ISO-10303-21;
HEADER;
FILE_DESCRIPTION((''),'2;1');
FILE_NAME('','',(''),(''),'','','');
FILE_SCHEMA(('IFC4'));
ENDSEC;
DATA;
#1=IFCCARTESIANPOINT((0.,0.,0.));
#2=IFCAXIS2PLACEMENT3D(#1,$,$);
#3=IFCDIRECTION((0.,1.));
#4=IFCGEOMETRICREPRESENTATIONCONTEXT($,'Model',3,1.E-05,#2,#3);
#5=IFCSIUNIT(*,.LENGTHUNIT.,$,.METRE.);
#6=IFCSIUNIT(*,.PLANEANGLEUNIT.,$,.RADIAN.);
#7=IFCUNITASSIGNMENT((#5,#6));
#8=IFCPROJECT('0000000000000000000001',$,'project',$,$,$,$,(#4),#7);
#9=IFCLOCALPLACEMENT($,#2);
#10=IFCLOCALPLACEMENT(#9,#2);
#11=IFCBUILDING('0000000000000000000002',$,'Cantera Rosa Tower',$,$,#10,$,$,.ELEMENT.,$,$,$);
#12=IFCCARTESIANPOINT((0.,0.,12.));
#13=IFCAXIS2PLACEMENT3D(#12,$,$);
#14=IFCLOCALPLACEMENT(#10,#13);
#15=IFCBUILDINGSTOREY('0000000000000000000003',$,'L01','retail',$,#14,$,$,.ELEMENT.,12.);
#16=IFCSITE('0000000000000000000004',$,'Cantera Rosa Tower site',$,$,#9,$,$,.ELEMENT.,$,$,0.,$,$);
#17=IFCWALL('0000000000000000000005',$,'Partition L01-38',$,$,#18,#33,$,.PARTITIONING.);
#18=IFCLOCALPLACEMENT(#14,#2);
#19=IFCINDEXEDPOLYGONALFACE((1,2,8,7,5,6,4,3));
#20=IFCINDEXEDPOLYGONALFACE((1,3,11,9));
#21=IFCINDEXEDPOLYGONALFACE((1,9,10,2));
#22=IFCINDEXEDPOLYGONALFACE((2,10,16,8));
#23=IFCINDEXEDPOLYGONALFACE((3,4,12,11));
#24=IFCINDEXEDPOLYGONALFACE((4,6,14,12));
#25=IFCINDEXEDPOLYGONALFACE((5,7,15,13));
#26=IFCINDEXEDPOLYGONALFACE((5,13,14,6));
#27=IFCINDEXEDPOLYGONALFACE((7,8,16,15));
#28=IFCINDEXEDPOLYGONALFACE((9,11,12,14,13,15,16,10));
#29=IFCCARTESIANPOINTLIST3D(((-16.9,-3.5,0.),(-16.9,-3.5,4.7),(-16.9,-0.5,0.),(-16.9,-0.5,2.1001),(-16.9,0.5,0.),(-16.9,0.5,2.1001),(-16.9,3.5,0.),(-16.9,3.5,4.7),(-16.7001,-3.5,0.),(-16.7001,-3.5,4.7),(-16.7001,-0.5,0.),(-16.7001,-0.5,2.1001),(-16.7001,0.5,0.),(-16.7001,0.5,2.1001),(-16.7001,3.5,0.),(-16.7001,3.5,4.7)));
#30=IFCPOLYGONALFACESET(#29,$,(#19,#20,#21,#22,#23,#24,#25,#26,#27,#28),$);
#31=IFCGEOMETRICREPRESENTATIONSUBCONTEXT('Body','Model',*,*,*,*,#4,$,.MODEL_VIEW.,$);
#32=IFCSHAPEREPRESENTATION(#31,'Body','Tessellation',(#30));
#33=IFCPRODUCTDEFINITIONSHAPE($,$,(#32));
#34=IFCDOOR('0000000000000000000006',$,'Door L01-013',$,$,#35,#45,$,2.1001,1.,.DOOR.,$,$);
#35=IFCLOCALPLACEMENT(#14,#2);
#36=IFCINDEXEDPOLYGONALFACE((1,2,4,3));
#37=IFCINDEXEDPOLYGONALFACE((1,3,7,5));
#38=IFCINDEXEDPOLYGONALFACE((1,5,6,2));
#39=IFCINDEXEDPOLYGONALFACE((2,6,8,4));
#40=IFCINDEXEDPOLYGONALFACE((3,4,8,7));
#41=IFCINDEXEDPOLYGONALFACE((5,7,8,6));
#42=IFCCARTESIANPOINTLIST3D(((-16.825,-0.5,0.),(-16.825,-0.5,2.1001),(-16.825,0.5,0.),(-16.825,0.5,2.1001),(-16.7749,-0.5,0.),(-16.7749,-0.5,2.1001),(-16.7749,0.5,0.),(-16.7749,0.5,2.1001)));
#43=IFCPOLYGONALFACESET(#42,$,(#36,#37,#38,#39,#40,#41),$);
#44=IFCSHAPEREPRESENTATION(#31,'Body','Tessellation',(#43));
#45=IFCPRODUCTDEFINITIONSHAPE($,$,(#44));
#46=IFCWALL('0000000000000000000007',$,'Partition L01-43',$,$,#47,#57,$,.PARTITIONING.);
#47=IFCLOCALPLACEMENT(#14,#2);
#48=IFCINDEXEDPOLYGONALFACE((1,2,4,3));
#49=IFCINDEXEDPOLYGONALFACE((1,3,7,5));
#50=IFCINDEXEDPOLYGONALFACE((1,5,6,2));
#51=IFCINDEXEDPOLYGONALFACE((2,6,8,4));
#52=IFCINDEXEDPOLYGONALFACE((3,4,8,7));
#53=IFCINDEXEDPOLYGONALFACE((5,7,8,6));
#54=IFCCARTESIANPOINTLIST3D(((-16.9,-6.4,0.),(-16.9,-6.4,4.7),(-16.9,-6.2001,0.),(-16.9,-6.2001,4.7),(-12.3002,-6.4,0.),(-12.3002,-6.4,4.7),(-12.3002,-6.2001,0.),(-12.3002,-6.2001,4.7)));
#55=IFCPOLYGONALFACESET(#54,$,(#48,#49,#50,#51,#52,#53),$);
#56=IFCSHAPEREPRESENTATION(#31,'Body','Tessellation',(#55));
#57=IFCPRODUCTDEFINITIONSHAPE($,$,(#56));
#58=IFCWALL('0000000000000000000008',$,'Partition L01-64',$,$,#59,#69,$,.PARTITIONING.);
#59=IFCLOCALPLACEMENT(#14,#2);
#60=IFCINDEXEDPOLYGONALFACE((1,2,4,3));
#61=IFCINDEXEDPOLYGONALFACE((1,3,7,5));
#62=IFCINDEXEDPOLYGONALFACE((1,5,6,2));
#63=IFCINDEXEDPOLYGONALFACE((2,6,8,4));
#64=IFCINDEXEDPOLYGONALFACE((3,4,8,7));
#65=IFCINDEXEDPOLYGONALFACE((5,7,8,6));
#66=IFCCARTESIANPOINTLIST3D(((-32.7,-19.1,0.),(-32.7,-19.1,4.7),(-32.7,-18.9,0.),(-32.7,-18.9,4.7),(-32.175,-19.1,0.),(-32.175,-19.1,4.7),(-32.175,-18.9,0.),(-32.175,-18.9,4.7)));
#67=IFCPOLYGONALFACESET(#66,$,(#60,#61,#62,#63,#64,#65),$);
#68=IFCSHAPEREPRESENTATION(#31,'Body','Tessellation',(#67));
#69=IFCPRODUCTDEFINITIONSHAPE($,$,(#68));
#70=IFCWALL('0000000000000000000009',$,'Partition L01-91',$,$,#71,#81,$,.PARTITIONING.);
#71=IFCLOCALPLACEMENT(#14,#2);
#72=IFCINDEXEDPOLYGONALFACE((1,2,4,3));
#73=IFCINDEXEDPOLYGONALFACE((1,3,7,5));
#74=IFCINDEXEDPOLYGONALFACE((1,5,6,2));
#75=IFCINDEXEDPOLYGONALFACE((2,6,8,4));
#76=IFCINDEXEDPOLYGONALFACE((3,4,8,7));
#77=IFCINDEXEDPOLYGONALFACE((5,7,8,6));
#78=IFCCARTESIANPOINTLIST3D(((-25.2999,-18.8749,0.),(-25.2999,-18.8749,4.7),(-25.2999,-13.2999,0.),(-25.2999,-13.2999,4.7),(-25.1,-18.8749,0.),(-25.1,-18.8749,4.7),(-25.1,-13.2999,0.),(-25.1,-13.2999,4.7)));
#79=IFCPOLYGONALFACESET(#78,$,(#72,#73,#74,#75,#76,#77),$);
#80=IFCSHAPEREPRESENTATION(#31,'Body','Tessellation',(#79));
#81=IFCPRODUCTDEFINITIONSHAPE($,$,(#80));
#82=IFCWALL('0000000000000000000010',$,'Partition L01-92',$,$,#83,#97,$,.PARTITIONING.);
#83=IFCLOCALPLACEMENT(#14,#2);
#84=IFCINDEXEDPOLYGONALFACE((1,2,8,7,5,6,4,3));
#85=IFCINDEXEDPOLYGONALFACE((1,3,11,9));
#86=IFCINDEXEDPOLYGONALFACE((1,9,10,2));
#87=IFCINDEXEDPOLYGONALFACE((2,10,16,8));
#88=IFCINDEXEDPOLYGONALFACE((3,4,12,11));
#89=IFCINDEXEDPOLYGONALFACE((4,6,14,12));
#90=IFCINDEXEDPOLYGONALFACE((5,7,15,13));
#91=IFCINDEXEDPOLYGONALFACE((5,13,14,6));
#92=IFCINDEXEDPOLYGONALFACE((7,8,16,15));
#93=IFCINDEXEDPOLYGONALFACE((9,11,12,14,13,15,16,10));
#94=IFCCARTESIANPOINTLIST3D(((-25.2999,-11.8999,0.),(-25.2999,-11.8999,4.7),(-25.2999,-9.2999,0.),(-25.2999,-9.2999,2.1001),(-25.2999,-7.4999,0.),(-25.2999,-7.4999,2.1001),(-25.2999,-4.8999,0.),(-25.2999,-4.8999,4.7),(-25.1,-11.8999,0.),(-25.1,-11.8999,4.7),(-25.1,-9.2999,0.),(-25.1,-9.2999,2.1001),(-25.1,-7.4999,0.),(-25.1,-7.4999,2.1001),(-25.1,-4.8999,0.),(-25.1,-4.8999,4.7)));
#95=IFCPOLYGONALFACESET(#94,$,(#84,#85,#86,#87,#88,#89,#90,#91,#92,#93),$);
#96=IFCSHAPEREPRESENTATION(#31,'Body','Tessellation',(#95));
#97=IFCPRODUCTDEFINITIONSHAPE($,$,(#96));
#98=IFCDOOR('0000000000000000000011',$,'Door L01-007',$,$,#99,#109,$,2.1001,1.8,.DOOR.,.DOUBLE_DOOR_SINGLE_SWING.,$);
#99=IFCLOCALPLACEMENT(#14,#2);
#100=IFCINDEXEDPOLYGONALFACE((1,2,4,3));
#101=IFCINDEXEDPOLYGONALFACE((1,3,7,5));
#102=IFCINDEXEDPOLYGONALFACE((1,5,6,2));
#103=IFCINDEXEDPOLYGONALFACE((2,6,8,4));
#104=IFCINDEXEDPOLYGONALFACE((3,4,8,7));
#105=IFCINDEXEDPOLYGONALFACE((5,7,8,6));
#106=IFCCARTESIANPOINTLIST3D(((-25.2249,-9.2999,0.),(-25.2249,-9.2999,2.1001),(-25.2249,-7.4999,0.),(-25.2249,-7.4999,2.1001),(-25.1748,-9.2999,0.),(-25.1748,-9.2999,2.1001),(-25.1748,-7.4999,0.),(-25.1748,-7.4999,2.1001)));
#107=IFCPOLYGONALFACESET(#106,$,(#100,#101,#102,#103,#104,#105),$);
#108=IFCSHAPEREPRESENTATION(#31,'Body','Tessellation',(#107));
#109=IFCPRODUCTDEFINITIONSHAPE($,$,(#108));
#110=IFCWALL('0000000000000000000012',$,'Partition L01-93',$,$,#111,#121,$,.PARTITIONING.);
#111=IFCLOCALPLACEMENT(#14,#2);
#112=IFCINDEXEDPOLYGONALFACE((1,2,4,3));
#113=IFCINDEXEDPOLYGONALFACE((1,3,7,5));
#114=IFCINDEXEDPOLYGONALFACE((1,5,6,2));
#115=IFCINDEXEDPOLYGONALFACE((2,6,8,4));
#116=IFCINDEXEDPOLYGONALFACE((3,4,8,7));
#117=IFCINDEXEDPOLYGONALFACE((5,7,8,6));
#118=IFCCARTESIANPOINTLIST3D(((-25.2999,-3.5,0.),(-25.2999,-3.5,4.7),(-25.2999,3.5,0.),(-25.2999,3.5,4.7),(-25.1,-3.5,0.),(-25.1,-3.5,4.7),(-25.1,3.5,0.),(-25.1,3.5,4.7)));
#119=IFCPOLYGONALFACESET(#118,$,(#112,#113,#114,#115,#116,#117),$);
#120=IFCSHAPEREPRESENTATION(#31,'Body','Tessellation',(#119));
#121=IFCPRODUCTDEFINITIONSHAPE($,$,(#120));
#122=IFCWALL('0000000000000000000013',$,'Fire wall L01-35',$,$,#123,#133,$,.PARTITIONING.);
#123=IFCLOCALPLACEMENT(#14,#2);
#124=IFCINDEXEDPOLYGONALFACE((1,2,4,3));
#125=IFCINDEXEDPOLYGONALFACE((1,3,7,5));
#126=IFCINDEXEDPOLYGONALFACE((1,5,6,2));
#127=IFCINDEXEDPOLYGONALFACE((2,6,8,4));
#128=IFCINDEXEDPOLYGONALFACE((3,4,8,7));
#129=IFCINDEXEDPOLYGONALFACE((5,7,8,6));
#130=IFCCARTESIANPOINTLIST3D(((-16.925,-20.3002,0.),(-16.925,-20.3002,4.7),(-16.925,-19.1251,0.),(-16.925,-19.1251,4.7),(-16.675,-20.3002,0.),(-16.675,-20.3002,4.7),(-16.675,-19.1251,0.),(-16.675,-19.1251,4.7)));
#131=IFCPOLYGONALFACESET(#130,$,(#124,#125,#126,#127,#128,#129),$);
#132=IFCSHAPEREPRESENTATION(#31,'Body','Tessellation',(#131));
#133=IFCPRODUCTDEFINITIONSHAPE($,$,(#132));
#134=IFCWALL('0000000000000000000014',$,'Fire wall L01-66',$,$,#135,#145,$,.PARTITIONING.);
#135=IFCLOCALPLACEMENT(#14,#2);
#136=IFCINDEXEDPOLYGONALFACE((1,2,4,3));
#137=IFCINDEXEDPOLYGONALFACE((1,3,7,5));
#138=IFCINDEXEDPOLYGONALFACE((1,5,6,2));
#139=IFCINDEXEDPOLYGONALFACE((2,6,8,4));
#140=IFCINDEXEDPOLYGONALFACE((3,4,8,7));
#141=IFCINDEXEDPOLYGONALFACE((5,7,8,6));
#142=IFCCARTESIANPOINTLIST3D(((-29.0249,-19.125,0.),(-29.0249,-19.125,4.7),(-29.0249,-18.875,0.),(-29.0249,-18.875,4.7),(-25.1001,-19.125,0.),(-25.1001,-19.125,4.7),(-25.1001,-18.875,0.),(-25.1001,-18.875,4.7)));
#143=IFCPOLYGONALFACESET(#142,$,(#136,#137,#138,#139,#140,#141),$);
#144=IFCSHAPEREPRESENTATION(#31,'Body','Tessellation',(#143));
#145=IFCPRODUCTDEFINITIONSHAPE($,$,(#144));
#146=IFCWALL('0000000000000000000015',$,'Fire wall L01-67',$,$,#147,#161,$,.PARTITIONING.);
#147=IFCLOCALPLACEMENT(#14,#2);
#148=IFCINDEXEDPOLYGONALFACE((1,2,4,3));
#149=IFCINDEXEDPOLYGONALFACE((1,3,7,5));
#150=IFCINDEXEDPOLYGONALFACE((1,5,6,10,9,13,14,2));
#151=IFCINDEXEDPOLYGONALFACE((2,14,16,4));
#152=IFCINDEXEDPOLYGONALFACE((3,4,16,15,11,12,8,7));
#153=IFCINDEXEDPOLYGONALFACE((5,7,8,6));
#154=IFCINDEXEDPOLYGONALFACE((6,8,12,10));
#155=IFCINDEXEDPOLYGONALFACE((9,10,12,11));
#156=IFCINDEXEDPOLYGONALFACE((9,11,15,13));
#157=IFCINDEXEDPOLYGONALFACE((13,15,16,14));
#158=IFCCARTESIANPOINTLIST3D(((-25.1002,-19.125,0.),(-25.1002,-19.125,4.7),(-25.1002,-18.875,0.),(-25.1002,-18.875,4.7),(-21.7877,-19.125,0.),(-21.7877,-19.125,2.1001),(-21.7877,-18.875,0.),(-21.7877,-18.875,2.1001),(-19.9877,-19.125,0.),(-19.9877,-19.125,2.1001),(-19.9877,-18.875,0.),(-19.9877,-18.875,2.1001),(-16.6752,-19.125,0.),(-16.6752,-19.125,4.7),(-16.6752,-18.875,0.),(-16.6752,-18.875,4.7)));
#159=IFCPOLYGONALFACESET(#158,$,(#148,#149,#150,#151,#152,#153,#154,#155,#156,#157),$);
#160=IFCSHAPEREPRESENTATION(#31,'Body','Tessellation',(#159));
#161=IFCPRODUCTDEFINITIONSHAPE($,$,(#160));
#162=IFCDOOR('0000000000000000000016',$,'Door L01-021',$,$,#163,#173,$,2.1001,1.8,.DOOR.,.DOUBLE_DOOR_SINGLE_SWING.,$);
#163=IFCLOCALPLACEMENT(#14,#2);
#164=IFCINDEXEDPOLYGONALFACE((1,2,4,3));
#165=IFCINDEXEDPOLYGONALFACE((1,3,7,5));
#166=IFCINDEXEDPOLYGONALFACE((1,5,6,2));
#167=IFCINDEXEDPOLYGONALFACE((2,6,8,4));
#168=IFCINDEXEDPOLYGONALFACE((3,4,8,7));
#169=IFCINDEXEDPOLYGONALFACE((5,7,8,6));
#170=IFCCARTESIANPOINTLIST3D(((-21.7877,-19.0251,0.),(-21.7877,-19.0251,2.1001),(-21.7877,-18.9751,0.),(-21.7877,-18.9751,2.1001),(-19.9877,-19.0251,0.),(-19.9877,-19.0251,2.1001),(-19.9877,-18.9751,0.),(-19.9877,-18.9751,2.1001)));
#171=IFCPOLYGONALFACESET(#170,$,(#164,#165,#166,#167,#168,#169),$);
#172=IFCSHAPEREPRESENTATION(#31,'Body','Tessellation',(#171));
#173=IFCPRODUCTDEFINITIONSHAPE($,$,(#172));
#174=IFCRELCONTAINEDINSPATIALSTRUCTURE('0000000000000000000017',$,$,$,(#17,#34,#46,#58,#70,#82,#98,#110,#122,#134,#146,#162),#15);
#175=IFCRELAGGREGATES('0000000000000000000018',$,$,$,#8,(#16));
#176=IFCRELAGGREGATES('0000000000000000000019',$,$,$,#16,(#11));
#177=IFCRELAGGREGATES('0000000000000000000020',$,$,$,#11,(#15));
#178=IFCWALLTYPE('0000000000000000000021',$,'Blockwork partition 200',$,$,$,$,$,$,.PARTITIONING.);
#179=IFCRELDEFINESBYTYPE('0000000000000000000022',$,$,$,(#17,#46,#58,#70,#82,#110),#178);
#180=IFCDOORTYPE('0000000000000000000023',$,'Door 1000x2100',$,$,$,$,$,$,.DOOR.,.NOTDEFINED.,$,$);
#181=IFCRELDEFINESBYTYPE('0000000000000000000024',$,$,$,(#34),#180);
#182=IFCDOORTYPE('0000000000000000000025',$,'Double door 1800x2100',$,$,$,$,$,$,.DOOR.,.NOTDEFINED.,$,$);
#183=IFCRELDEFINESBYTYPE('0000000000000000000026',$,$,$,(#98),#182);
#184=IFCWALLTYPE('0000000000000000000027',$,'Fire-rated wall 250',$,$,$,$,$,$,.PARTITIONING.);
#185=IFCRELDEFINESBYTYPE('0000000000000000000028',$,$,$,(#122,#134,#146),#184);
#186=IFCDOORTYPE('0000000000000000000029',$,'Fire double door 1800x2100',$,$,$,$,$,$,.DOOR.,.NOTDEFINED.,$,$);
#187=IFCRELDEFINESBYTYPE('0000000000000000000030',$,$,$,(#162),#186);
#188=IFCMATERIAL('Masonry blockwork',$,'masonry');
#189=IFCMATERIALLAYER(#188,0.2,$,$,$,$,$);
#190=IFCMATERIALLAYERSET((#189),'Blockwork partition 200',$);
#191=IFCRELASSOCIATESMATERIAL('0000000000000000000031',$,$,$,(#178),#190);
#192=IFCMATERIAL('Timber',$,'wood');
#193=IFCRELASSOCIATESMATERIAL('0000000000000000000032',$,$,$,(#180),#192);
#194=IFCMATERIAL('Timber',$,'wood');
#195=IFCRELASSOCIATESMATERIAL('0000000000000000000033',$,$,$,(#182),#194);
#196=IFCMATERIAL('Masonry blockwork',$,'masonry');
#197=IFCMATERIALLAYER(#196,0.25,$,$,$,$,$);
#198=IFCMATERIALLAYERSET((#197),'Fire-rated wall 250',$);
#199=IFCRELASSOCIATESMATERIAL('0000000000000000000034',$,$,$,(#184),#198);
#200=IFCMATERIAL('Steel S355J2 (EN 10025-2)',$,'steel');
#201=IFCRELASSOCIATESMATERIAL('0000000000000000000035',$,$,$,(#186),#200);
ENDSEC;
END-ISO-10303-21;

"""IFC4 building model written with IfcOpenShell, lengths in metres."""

from ifc_helpers import new_model, si_unit, direction, frame, frame_2d, origin, place, context, subcontext, project, spatial, rectangle, extrude, material, layer, layer_set, type_object, element, fill, save


model = new_model("IFC4")

# Units and contexts
model_context = context("Model", 3, precision=1e-05, world=origin(), true_north=direction((0.0, 1.0)))
body_context = subcontext(model_context, "Body", "Model", "MODEL_VIEW")
ifc_project = project(units=[si_unit("LENGTHUNIT", "METRE"), si_unit("PLANEANGLEUNIT", "RADIAN")], contexts=[model_context])

# Site, building, storey
site_placement = place(None, origin())
site = spatial("IfcSite", under=ifc_project, at=site_placement, Name="Cantera Rosa Tower site", CompositionType="ELEMENT", RefElevation=0.0)
building_placement = place(site_placement, origin())
building = spatial("IfcBuilding", under=site, at=building_placement, Name="Cantera Rosa Tower", CompositionType="ELEMENT")
storey_placement = place(building_placement, frame((0.0, 0.0, 12.0)))
storey = spatial("IfcBuildingStorey", under=building, at=storey_placement, Name="L01", Description="retail", CompositionType="ELEMENT", Elevation=12.0)

# Shared definitions
ifc_material_1 = material(Name="Masonry blockwork", Category="masonry")
ifc_layer_1 = layer(ifc_material_1, 0.2)
ifc_layer_set_1 = layer_set([ifc_layer_1], Name="Blockwork partition 200")
wall_type_1 = type_object("IfcWallType", Name="Blockwork partition 200", PredefinedType="PARTITIONING", material=ifc_layer_set_1)

# Shared definitions
ifc_material_2 = material(Name="Timber", Category="wood")
door_type_1 = type_object("IfcDoorType", Name="Door 1000x2100", OperationType="NOTDEFINED", PredefinedType="DOOR", material=ifc_material_2)

# Wall, opening, door
wall_1_placement = place(storey_placement, frame((-16.8, -3.5, 0.0), z_axis=(0.0, 0.0, 1.0), x_axis=(0.0, 1.0, 0.0)))
wall_1 = element("IfcWall", 1, at=wall_1_placement, inside=storey, type_object=wall_type_1, Name="Partition L01-38", PredefinedType="PARTITIONING", context=body_context, shape_type="SweptSolid", body=[
    extrude(rectangle(XDim=7.0, YDim=0.2, at=frame_2d((3.5, 0.0))), origin(), (0.0, 0.0, 1.0), 4.7),
])
opening_1_placement = place(wall_1_placement, frame((3.0, 0.0, 0.0)))
opening_1 = element("IfcOpeningElement", 2, at=opening_1_placement, cuts=wall_1, PredefinedType="OPENING", context=body_context, shape_type="SweptSolid", body=[
    extrude(rectangle(XDim=1.0, YDim=2.1001, at=frame_2d((0.5, 1.05))), frame((0.0, 0.1099, 0.0), z_axis=(0.0, -1.0, 0.0), x_axis=(1.0, 0.0, 0.0)), (0.0, 0.0, 1.0), 0.22),
])
door_1_placement = place(opening_1_placement, origin())
door_1 = element("IfcDoor", 3, at=door_1_placement, inside=storey, type_object=door_type_1, Name="Door L01-013", OverallHeight=2.1001, OverallWidth=1.0, PredefinedType="DOOR", context=body_context, shape_type="SweptSolid", body=[
    extrude(rectangle(XDim=1.0, YDim=2.1001, at=frame_2d((0.5, 1.05))), frame((0.0, 0.0249, 0.0), z_axis=(0.0, -1.0, 0.0), x_axis=(1.0, 0.0, 0.0)), (0.0, 0.0, 1.0), 0.05),
])
fill(opening_1, door_1)

# Walls
wall_2_placement = place(storey_placement, frame((-16.8999, -6.3, 0.0), z_axis=(0.0, 0.0, 1.0), x_axis=(1.0, 0.0, 0.0)))
element("IfcWall", 4, at=wall_2_placement, inside=storey, type_object=wall_type_1, Name="Partition L01-43", PredefinedType="PARTITIONING", context=body_context, shape_type="SweptSolid", body=[
    extrude(rectangle(XDim=4.5999, YDim=0.2, at=frame_2d((2.2998, 0.0))), origin(), (0.0, 0.0, 1.0), 4.7),
])
wall_3_placement = place(storey_placement, frame((-32.7, -19.0, 0.0), z_axis=(0.0, 0.0, 1.0), x_axis=(1.0, 0.0, 0.0)))
element("IfcWall", 5, at=wall_3_placement, inside=storey, type_object=wall_type_1, Name="Partition L01-64", PredefinedType="PARTITIONING", context=body_context, shape_type="SweptSolid", body=[
    extrude(rectangle(XDim=0.5249, YDim=0.2, at=frame_2d((0.2625, 0.0))), origin(), (0.0, 0.0, 1.0), 4.7),
])
wall_4_placement = place(storey_placement, frame((-25.2, -18.875, 0.0), z_axis=(0.0, 0.0, 1.0), x_axis=(0.0, 1.0, 0.0)))
element("IfcWall", 6, at=wall_4_placement, inside=storey, type_object=wall_type_1, Name="Partition L01-91", PredefinedType="PARTITIONING", context=body_context, shape_type="SweptSolid", body=[
    extrude(rectangle(XDim=5.575, YDim=0.2, at=frame_2d((2.7876, 0.0))), origin(), (0.0, 0.0, 1.0), 4.7),
])

# Wall, opening, door
wall_5_placement = place(storey_placement, frame((-25.2, -11.8999, 0.0), z_axis=(0.0, 0.0, 1.0), x_axis=(0.0, 1.0, 0.0)))
wall_5 = element("IfcWall", 7, at=wall_5_placement, inside=storey, type_object=wall_type_1, Name="Partition L01-92", PredefinedType="PARTITIONING", context=body_context, shape_type="SweptSolid", body=[
    extrude(rectangle(XDim=7.0, YDim=0.2, at=frame_2d((3.5, 0.0))), origin(), (0.0, 0.0, 1.0), 4.7),
])
opening_2_placement = place(wall_5_placement, frame((2.6001, 0.0, 0.0)))
opening_2 = element("IfcOpeningElement", 8, at=opening_2_placement, cuts=wall_5, PredefinedType="OPENING", context=body_context, shape_type="SweptSolid", body=[
    extrude(rectangle(XDim=1.8, YDim=2.1001, at=frame_2d((0.8999, 1.05))), frame((0.0, 0.1099, 0.0), z_axis=(0.0, -1.0, 0.0), x_axis=(1.0, 0.0, 0.0)), (0.0, 0.0, 1.0), 0.22),
])
ifc_material_3 = material(Name="Timber", Category="wood")
door_type_2 = type_object("IfcDoorType", Name="Double door 1800x2100", OperationType="NOTDEFINED", PredefinedType="DOOR", material=ifc_material_3)
door_2_placement = place(opening_2_placement, origin())
door_2 = element("IfcDoor", 9, at=door_2_placement, inside=storey, type_object=door_type_2, Name="Door L01-007", OperationType="DOUBLE_DOOR_SINGLE_SWING", OverallHeight=2.1001, OverallWidth=1.8, PredefinedType="DOOR", context=body_context, shape_type="SweptSolid", body=[
    extrude(rectangle(XDim=1.8, YDim=2.1001, at=frame_2d((0.8999, 1.05))), frame((0.0, 0.0249, 0.0), z_axis=(0.0, -1.0, 0.0), x_axis=(1.0, 0.0, 0.0)), (0.0, 0.0, 1.0), 0.05),
])
fill(opening_2, door_2)

# Walls
wall_6_placement = place(storey_placement, frame((-25.2, -3.5, 0.0), z_axis=(0.0, 0.0, 1.0), x_axis=(0.0, 1.0, 0.0)))
element("IfcWall", 10, at=wall_6_placement, inside=storey, type_object=wall_type_1, Name="Partition L01-93", PredefinedType="PARTITIONING", context=body_context, shape_type="SweptSolid", body=[
    extrude(rectangle(XDim=7.0, YDim=0.2, at=frame_2d((3.5, 0.0))), origin(), (0.0, 0.0, 1.0), 4.7),
])
ifc_material_4 = material(Name="Masonry blockwork", Category="masonry")
ifc_layer_2 = layer(ifc_material_4, 0.25)
ifc_layer_set_2 = layer_set([ifc_layer_2], Name="Fire-rated wall 250")
wall_type_2 = type_object("IfcWallType", Name="Fire-rated wall 250", PredefinedType="PARTITIONING", material=ifc_layer_set_2)
wall_7_placement = place(storey_placement, frame((-16.8, -20.3, 0.0), z_axis=(0.0, 0.0, 1.0), x_axis=(0.0, 1.0, 0.0)))
element("IfcWall", 11, at=wall_7_placement, inside=storey, type_object=wall_type_2, Name="Fire wall L01-35", PredefinedType="PARTITIONING", context=body_context, shape_type="SweptSolid", body=[
    extrude(rectangle(XDim=1.175, YDim=0.25, at=frame_2d((0.5874, 0.0))), origin(), (0.0, 0.0, 1.0), 4.7),
])
wall_8_placement = place(storey_placement, frame((-29.0249, -19.0, 0.0), z_axis=(0.0, 0.0, 1.0), x_axis=(1.0, 0.0, 0.0)))
element("IfcWall", 12, at=wall_8_placement, inside=storey, type_object=wall_type_2, Name="Fire wall L01-66", PredefinedType="PARTITIONING", context=body_context, shape_type="SweptSolid", body=[
    extrude(rectangle(XDim=3.9248, YDim=0.25, at=frame_2d((1.9624, 0.0))), origin(), (0.0, 0.0, 1.0), 4.7),
])

# Wall, opening, door
wall_9_placement = place(storey_placement, frame((-25.1001, -19.0, 0.0), z_axis=(0.0, 0.0, 1.0), x_axis=(1.0, 0.0, 0.0)))
wall_9 = element("IfcWall", 13, at=wall_9_placement, inside=storey, type_object=wall_type_2, Name="Fire wall L01-67", PredefinedType="PARTITIONING", context=body_context, shape_type="SweptSolid", body=[
    extrude(rectangle(XDim=8.425, YDim=0.25, at=frame_2d((4.2124, 0.0))), origin(), (0.0, 0.0, 1.0), 4.7),
])
opening_3_placement = place(wall_9_placement, frame((3.3125, 0.0, 0.0)))
opening_3 = element("IfcOpeningElement", 14, at=opening_3_placement, cuts=wall_9, PredefinedType="OPENING", context=body_context, shape_type="SweptSolid", body=[
    extrude(rectangle(XDim=1.8, YDim=2.1001, at=frame_2d((0.8999, 1.05))), frame((0.0, 0.135, 0.0), z_axis=(0.0, -1.0, 0.0), x_axis=(1.0, 0.0, 0.0)), (0.0, 0.0, 1.0), 0.27),
])
ifc_material_5 = material(Name="Steel S355J2 (EN 10025-2)", Category="steel")
door_type_3 = type_object("IfcDoorType", Name="Fire double door 1800x2100", OperationType="NOTDEFINED", PredefinedType="DOOR", material=ifc_material_5)
door_3_placement = place(opening_3_placement, origin())
door_3 = element("IfcDoor", 15, at=door_3_placement, inside=storey, type_object=door_type_3, Name="Door L01-021", OperationType="DOUBLE_DOOR_SINGLE_SWING", OverallHeight=2.1001, OverallWidth=1.8, PredefinedType="DOOR", context=body_context, shape_type="SweptSolid", body=[
    extrude(rectangle(XDim=1.8, YDim=2.1001, at=frame_2d((0.8999, 1.05))), frame((0.0, 0.0249, 0.0), z_axis=(0.0, -1.0, 0.0), x_axis=(1.0, 0.0, 0.0)), (0.0, 0.0, 1.0), 0.05),
])
fill(opening_3, door_3)

save(model, "model.ifc")
